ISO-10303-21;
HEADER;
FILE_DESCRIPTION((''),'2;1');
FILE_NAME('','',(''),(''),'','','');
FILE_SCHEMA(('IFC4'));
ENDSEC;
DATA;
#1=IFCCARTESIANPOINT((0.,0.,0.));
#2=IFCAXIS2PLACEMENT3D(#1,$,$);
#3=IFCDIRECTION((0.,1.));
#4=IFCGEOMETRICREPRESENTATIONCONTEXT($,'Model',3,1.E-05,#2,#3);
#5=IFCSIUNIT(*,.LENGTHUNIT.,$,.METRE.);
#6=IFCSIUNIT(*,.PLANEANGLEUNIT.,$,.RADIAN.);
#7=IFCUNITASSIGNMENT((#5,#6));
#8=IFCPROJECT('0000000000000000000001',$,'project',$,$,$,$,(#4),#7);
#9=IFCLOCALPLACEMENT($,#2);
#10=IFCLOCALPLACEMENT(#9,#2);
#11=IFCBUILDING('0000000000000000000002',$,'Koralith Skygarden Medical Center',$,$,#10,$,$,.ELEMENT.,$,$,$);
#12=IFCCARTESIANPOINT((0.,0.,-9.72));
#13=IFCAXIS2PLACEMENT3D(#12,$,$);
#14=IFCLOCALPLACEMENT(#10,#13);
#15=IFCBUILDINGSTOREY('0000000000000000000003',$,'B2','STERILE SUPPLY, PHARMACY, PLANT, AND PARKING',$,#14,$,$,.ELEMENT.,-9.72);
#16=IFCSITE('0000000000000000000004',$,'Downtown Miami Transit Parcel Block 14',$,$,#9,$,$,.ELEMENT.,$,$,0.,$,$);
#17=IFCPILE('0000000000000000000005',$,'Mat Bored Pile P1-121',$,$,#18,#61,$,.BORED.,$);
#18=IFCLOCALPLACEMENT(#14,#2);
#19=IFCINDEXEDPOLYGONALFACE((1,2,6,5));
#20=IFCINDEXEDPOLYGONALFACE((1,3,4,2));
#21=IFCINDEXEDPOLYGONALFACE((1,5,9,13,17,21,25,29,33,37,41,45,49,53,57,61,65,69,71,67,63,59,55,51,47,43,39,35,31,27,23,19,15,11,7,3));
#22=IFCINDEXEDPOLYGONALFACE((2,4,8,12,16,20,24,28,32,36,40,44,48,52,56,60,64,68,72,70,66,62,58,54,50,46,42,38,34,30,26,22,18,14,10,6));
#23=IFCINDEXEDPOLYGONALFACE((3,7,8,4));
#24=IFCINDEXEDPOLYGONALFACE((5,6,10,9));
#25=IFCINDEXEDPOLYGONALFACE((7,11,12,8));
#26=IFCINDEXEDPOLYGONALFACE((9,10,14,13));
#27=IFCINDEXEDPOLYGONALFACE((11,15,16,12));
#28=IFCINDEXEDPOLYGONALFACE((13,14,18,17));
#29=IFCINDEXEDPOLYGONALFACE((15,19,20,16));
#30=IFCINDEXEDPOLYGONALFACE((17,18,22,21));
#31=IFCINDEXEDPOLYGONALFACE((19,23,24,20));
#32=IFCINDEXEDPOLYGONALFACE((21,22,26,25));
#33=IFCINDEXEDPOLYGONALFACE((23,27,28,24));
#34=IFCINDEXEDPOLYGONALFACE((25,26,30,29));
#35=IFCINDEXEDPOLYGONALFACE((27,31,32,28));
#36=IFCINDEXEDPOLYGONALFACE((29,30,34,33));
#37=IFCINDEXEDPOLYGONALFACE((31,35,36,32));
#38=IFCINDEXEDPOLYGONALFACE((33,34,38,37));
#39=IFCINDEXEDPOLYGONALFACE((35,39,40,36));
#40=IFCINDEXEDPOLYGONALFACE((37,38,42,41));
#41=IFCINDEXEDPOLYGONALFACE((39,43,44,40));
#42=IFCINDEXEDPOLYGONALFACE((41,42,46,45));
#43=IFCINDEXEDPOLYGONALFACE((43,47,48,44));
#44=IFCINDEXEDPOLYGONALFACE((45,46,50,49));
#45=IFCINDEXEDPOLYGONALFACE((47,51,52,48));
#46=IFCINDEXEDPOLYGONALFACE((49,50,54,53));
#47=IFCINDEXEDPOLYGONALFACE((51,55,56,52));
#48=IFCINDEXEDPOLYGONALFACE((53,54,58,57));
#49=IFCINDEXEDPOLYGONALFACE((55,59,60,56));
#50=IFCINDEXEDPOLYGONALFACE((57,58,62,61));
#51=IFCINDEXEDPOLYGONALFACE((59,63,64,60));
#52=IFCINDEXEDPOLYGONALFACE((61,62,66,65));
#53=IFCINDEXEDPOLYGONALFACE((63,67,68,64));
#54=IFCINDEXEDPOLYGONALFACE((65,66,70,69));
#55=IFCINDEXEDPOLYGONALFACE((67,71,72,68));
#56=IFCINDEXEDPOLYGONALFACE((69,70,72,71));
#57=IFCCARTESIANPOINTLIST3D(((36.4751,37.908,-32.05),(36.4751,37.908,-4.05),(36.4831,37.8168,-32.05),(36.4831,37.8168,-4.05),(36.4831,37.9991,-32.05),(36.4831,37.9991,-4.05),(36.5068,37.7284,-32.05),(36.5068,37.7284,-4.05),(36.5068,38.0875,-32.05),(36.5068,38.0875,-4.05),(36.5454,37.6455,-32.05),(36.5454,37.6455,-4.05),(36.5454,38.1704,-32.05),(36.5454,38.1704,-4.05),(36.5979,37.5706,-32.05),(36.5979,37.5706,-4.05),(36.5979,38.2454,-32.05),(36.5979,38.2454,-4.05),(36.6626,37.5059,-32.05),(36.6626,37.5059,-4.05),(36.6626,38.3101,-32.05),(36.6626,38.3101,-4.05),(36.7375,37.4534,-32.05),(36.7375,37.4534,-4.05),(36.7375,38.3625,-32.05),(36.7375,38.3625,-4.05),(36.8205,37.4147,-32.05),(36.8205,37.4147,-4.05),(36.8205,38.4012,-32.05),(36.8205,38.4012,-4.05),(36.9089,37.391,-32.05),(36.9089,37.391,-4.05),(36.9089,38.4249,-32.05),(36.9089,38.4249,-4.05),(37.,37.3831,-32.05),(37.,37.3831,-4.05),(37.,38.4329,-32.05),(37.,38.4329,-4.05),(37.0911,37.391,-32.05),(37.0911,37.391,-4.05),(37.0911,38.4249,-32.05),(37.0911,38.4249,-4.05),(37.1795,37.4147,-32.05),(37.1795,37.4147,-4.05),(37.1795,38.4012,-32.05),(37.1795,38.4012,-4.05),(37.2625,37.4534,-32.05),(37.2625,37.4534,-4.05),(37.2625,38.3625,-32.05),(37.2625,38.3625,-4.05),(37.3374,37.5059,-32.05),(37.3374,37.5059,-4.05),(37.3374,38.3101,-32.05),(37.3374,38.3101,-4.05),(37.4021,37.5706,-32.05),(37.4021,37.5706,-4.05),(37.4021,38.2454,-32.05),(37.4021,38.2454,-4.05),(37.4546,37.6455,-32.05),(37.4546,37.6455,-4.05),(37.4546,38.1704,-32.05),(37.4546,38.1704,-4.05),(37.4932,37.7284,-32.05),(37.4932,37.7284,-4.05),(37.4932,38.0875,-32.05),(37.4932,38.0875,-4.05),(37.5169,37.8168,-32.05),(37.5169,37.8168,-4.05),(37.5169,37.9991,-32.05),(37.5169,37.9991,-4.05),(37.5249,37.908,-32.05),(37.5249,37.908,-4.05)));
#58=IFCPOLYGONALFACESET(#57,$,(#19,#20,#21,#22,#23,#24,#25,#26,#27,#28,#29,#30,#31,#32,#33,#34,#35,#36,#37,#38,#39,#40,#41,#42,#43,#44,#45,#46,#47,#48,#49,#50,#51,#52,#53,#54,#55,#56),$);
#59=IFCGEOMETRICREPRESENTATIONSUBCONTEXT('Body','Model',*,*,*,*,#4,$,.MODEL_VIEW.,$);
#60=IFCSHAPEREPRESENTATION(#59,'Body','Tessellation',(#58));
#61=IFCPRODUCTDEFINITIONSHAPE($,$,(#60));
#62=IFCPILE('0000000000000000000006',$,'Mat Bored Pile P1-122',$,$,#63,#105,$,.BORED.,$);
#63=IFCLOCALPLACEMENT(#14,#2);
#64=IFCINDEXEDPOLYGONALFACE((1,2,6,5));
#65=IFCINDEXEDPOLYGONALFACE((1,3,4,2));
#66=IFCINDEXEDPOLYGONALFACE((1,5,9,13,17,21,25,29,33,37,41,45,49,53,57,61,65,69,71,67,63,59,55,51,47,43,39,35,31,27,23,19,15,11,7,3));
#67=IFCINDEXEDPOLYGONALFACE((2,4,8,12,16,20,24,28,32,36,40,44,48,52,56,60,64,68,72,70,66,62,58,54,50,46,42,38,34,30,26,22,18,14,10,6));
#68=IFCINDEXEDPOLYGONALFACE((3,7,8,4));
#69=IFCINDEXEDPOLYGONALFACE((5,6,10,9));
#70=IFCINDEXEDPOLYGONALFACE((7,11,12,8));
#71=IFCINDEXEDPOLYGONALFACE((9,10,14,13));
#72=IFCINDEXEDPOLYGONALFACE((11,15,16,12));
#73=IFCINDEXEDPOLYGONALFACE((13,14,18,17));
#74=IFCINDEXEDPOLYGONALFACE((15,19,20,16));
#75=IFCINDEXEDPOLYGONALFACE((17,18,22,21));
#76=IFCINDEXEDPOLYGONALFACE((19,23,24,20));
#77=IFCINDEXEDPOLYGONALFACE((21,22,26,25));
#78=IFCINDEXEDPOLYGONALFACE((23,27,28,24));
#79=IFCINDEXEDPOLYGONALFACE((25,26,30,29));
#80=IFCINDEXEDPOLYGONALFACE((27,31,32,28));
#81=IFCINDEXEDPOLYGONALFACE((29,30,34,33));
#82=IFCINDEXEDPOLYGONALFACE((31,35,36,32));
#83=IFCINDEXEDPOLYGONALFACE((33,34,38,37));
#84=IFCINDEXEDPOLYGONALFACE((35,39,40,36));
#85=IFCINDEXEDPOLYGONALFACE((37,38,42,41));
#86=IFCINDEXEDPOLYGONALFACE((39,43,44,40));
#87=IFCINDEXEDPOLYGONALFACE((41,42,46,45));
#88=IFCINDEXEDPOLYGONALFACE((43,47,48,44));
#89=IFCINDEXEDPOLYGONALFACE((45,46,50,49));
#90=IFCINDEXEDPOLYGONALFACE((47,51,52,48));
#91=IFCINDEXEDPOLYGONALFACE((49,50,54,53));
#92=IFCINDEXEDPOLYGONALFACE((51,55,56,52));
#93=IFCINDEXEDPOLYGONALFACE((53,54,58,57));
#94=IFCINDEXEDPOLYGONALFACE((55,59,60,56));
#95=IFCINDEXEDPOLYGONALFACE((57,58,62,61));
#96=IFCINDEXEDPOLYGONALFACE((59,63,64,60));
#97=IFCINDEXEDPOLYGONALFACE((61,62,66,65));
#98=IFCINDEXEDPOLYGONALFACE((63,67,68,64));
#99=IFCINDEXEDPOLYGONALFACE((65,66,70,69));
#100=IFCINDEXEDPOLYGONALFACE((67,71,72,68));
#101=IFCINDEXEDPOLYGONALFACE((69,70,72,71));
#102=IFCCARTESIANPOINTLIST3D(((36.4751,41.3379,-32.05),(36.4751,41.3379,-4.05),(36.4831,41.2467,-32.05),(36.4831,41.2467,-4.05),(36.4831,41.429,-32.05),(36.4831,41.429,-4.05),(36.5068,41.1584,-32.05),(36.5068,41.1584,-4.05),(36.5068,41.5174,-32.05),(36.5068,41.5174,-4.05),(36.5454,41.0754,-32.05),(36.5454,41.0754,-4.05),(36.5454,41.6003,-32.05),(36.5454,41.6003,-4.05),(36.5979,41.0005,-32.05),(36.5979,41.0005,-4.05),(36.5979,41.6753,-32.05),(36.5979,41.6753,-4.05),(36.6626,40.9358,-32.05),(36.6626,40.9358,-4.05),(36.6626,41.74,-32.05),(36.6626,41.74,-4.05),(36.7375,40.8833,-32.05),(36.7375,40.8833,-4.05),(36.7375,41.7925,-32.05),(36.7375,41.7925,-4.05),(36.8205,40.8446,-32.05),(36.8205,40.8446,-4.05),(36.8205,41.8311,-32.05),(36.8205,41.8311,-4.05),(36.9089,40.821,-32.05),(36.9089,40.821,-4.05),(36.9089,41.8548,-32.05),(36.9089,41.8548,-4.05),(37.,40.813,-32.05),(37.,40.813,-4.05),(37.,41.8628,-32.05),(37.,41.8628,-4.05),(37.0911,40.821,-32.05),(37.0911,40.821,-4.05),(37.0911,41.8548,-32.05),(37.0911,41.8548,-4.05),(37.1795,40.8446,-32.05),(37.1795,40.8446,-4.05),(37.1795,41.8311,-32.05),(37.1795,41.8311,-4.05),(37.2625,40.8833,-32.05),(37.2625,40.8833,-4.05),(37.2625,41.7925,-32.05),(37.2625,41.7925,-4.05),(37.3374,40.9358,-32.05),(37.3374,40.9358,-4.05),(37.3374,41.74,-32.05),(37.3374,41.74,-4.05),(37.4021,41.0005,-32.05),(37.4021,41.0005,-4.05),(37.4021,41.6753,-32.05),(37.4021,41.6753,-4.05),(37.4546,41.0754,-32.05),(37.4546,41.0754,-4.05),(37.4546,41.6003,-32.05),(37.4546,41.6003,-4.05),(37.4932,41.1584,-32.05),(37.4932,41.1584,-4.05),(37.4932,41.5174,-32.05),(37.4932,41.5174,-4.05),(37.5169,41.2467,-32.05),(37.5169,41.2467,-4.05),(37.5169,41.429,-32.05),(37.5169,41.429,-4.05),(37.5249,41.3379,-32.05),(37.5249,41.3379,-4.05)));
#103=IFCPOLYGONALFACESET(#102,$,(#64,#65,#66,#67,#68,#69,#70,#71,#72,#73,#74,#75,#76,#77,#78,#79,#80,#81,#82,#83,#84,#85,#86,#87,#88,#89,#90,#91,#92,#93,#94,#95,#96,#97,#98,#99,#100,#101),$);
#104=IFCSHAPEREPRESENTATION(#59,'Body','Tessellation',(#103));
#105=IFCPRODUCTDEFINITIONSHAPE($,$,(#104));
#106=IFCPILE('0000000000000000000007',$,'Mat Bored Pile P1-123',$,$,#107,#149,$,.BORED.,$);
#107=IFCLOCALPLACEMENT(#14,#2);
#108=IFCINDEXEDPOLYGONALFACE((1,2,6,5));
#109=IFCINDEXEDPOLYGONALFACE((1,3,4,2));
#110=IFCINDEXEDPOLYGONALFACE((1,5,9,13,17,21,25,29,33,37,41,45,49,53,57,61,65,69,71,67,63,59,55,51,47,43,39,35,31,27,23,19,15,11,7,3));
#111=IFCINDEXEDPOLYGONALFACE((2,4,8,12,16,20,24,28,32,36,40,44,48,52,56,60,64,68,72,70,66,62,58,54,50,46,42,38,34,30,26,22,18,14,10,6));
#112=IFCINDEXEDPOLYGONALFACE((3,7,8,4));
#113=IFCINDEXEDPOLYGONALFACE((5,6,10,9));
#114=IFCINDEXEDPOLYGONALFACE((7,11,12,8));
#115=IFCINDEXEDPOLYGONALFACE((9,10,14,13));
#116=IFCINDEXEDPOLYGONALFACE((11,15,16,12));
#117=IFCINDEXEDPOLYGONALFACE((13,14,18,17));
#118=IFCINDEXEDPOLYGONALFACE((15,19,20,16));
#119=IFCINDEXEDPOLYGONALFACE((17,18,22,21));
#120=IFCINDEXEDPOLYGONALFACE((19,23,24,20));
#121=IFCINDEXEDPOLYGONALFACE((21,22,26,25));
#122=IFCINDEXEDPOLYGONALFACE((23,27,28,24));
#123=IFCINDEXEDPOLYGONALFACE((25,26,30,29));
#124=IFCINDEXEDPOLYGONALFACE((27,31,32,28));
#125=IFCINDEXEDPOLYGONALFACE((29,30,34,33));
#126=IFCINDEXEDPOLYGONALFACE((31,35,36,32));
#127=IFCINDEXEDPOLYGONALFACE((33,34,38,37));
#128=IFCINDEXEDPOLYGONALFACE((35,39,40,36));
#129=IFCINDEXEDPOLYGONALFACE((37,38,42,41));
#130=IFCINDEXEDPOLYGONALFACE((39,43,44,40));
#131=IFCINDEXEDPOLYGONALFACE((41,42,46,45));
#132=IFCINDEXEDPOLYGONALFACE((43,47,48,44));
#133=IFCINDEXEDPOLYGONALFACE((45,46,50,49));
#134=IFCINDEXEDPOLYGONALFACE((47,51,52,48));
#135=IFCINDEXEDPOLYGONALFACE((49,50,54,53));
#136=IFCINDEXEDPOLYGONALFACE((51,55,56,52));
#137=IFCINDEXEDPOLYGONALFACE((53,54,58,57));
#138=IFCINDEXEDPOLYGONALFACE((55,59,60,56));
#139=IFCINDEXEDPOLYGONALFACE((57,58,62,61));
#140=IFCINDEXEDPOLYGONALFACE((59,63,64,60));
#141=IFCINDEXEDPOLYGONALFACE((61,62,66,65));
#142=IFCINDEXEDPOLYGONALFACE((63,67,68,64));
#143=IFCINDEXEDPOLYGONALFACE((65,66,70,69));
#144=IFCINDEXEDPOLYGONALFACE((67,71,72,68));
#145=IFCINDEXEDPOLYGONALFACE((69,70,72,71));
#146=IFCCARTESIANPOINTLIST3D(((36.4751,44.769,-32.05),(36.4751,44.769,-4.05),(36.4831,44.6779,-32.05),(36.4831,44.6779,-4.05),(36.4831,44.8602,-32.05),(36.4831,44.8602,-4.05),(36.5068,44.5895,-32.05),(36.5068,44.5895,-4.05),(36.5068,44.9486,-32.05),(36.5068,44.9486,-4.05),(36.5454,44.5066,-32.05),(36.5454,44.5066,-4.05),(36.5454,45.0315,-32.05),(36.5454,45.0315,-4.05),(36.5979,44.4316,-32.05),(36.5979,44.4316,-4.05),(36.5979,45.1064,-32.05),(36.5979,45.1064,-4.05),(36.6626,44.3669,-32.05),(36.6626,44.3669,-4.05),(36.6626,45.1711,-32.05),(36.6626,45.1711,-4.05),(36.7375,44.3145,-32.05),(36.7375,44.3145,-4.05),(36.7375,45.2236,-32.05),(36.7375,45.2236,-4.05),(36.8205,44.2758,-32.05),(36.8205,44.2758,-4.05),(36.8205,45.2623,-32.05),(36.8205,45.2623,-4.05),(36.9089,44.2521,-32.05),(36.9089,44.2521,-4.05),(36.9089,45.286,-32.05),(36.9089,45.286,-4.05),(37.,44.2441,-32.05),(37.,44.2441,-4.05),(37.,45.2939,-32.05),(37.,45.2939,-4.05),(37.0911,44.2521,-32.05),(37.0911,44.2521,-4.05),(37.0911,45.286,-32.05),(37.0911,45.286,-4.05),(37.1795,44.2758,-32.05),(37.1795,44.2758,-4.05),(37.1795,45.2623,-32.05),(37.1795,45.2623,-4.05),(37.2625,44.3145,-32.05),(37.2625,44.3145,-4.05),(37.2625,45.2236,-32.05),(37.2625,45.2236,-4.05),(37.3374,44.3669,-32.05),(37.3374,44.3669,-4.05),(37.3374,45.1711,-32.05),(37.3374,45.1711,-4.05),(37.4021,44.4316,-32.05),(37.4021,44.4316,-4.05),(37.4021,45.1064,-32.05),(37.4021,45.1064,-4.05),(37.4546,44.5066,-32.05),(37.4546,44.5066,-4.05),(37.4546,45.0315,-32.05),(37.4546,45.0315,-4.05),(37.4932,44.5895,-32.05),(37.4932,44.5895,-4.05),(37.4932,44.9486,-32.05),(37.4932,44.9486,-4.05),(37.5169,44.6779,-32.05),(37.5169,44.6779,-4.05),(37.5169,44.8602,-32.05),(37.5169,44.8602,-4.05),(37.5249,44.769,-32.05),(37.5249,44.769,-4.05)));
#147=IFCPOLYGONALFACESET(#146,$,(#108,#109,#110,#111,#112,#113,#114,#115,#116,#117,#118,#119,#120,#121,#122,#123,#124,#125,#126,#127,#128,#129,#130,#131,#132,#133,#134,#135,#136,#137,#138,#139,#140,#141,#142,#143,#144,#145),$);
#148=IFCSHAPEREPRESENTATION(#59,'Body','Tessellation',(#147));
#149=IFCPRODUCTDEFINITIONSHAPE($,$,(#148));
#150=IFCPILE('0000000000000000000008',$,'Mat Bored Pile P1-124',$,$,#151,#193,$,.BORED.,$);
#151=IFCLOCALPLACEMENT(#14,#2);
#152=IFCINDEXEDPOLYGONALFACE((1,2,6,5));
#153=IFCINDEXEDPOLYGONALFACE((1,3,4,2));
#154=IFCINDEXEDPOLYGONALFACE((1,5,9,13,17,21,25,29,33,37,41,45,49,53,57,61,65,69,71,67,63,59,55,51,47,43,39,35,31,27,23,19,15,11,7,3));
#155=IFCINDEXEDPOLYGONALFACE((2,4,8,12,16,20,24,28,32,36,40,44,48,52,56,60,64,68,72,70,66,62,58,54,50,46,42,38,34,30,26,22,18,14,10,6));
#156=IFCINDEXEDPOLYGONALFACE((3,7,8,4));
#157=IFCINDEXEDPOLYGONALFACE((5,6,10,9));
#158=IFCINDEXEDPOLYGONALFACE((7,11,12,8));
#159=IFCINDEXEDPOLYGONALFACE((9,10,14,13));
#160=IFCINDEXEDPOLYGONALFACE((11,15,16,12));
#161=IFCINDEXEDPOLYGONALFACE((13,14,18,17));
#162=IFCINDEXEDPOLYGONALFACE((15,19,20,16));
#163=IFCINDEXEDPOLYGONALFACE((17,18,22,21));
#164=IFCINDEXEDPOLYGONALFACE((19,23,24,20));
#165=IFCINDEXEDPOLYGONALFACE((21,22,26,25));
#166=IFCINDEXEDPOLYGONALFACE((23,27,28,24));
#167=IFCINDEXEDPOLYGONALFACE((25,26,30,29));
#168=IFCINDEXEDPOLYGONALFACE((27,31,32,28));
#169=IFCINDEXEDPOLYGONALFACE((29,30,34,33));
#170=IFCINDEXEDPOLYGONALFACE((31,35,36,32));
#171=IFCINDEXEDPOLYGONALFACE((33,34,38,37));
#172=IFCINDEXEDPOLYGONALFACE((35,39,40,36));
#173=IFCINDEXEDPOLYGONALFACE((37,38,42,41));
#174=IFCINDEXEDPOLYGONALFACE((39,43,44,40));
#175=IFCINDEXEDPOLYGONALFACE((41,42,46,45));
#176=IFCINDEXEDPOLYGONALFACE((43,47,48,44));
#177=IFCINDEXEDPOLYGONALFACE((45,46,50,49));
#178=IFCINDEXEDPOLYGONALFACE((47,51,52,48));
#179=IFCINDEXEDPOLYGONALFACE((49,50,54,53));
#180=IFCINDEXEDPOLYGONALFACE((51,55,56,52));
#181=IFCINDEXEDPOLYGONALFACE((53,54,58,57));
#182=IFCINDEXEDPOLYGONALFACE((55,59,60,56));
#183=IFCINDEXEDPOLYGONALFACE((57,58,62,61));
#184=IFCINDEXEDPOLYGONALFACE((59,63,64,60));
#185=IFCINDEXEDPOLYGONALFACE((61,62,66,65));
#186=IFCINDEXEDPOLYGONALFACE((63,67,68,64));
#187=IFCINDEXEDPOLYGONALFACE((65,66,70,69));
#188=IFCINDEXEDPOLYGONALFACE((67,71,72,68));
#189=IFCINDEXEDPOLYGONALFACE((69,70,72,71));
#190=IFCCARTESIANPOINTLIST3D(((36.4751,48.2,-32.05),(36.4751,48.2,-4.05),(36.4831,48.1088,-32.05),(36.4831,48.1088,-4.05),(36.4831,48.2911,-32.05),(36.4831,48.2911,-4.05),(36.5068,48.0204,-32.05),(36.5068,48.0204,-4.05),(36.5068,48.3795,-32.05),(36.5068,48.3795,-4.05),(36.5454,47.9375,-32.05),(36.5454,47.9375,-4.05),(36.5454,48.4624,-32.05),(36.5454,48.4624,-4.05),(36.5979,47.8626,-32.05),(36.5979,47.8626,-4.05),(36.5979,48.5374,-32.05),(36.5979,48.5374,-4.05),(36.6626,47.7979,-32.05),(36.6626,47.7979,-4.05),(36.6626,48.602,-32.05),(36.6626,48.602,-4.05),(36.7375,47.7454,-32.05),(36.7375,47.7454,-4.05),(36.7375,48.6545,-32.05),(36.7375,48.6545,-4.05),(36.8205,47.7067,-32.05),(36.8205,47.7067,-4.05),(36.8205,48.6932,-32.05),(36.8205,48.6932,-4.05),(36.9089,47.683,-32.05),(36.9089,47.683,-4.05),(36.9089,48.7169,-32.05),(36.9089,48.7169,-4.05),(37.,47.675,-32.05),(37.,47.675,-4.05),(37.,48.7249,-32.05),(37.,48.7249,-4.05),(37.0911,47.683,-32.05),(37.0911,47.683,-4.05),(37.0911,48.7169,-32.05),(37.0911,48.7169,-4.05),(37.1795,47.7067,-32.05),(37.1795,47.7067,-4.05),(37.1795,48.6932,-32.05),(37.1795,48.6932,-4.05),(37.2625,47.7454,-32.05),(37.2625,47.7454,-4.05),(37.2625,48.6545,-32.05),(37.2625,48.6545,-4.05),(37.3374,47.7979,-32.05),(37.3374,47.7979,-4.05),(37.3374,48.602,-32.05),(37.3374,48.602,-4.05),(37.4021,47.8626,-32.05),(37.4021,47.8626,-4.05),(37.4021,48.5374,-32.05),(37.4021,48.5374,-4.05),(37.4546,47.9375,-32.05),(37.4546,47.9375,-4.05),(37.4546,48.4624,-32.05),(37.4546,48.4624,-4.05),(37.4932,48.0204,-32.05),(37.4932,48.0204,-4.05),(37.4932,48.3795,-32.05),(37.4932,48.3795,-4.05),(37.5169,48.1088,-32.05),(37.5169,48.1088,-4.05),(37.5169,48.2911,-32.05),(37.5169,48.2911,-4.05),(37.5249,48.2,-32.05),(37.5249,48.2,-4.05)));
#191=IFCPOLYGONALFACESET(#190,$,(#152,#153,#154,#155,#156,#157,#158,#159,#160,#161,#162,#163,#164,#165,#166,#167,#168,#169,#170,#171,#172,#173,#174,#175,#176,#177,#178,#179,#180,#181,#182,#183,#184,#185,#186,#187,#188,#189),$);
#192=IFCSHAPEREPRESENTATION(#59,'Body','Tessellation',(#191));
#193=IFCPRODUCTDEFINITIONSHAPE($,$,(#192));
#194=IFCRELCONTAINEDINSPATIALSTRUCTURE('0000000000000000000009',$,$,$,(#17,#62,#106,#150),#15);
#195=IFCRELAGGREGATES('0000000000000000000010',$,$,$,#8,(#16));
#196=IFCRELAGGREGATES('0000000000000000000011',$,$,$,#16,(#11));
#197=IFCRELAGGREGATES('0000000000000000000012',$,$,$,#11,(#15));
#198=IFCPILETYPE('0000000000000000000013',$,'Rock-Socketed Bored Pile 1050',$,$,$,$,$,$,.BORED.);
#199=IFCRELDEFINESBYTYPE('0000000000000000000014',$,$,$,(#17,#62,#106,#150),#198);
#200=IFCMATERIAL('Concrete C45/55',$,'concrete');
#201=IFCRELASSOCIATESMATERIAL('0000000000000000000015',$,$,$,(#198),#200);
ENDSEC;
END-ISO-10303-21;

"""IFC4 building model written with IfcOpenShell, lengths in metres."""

from ifc_helpers import new_model, si_unit, direction, frame, origin, origin_2d, place, context, subcontext, project, spatial, circle, extrude, material, material_profile, profile_set, type_object, element, save


model = new_model("IFC4")

# Units and contexts
model_context = context("Model", 3, precision=1e-05, world=origin(), true_north=direction((0.0, 1.0)))
body_context = subcontext(model_context, "Body", "Model", "MODEL_VIEW")
ifc_project = project(units=[si_unit("LENGTHUNIT", "METRE"), si_unit("PLANEANGLEUNIT", "RADIAN")], contexts=[model_context])

# Site, building, storey
site_placement = place(None, origin())
site = spatial("IfcSite", under=ifc_project, at=site_placement, Name="Downtown Miami Transit Parcel Block 14", CompositionType="ELEMENT", RefElevation=0.0)
building_placement = place(site_placement, origin())
building = spatial("IfcBuilding", under=site, at=building_placement, Name="Koralith Skygarden Medical Center", CompositionType="ELEMENT")
storey_placement = place(building_placement, frame((0.0, 0.0, -9.72)))
storey = spatial("IfcBuildingStorey", under=building, at=storey_placement, Name="B2", Description="STERILE SUPPLY, PHARMACY, PLANT, AND PARKING", CompositionType="ELEMENT", Elevation=-9.72)

# Piles
ifc_material_1 = material(Name="Concrete C45/55", Category="concrete")
ifc_material_profile_1 = material_profile(ifc_material_1, circle(Radius=0.5249, at=origin_2d()), Name="PILE1050")
ifc_profile_set_1 = profile_set([ifc_material_profile_1], Name="Concrete C45/55")
pile_type_1 = type_object("IfcPileType", Name="Rock-Socketed Bored Pile 1050", PredefinedType="BORED", material=ifc_profile_set_1)
for number, where, z_axis, x_axis, name in (
    (1, (37.0, 37.908, -4.05), (0.0, 0.0, -1.0), (1.0, 0.0, 0.0), "Mat Bored Pile P1-121"),
    (2, (37.0, 41.3379, -4.05), (0.0, 0.0, -1.0), (1.0, 0.0, 0.0), "Mat Bored Pile P1-122"),
    (3, (37.0, 44.769, -4.05), (0.0, 0.0, -1.0), (1.0, 0.0, 0.0), "Mat Bored Pile P1-123"),
    (4, (37.0, 48.2, -4.05), (0.0, 0.0, -1.0), (1.0, 0.0, 0.0), "Mat Bored Pile P1-124"),
):
    element("IfcPile", number, at=place(storey_placement, frame(where, z_axis=z_axis, x_axis=x_axis)), inside=storey, type_object=pile_type_1, Name=name, PredefinedType="BORED", context=body_context, shape_type="SweptSolid", body=[
        extrude(circle(Radius=0.5249, at=origin_2d()), origin(), (0.0, 0.0, 1.0), 28.0),
    ])

save(model, "model.ifc")
